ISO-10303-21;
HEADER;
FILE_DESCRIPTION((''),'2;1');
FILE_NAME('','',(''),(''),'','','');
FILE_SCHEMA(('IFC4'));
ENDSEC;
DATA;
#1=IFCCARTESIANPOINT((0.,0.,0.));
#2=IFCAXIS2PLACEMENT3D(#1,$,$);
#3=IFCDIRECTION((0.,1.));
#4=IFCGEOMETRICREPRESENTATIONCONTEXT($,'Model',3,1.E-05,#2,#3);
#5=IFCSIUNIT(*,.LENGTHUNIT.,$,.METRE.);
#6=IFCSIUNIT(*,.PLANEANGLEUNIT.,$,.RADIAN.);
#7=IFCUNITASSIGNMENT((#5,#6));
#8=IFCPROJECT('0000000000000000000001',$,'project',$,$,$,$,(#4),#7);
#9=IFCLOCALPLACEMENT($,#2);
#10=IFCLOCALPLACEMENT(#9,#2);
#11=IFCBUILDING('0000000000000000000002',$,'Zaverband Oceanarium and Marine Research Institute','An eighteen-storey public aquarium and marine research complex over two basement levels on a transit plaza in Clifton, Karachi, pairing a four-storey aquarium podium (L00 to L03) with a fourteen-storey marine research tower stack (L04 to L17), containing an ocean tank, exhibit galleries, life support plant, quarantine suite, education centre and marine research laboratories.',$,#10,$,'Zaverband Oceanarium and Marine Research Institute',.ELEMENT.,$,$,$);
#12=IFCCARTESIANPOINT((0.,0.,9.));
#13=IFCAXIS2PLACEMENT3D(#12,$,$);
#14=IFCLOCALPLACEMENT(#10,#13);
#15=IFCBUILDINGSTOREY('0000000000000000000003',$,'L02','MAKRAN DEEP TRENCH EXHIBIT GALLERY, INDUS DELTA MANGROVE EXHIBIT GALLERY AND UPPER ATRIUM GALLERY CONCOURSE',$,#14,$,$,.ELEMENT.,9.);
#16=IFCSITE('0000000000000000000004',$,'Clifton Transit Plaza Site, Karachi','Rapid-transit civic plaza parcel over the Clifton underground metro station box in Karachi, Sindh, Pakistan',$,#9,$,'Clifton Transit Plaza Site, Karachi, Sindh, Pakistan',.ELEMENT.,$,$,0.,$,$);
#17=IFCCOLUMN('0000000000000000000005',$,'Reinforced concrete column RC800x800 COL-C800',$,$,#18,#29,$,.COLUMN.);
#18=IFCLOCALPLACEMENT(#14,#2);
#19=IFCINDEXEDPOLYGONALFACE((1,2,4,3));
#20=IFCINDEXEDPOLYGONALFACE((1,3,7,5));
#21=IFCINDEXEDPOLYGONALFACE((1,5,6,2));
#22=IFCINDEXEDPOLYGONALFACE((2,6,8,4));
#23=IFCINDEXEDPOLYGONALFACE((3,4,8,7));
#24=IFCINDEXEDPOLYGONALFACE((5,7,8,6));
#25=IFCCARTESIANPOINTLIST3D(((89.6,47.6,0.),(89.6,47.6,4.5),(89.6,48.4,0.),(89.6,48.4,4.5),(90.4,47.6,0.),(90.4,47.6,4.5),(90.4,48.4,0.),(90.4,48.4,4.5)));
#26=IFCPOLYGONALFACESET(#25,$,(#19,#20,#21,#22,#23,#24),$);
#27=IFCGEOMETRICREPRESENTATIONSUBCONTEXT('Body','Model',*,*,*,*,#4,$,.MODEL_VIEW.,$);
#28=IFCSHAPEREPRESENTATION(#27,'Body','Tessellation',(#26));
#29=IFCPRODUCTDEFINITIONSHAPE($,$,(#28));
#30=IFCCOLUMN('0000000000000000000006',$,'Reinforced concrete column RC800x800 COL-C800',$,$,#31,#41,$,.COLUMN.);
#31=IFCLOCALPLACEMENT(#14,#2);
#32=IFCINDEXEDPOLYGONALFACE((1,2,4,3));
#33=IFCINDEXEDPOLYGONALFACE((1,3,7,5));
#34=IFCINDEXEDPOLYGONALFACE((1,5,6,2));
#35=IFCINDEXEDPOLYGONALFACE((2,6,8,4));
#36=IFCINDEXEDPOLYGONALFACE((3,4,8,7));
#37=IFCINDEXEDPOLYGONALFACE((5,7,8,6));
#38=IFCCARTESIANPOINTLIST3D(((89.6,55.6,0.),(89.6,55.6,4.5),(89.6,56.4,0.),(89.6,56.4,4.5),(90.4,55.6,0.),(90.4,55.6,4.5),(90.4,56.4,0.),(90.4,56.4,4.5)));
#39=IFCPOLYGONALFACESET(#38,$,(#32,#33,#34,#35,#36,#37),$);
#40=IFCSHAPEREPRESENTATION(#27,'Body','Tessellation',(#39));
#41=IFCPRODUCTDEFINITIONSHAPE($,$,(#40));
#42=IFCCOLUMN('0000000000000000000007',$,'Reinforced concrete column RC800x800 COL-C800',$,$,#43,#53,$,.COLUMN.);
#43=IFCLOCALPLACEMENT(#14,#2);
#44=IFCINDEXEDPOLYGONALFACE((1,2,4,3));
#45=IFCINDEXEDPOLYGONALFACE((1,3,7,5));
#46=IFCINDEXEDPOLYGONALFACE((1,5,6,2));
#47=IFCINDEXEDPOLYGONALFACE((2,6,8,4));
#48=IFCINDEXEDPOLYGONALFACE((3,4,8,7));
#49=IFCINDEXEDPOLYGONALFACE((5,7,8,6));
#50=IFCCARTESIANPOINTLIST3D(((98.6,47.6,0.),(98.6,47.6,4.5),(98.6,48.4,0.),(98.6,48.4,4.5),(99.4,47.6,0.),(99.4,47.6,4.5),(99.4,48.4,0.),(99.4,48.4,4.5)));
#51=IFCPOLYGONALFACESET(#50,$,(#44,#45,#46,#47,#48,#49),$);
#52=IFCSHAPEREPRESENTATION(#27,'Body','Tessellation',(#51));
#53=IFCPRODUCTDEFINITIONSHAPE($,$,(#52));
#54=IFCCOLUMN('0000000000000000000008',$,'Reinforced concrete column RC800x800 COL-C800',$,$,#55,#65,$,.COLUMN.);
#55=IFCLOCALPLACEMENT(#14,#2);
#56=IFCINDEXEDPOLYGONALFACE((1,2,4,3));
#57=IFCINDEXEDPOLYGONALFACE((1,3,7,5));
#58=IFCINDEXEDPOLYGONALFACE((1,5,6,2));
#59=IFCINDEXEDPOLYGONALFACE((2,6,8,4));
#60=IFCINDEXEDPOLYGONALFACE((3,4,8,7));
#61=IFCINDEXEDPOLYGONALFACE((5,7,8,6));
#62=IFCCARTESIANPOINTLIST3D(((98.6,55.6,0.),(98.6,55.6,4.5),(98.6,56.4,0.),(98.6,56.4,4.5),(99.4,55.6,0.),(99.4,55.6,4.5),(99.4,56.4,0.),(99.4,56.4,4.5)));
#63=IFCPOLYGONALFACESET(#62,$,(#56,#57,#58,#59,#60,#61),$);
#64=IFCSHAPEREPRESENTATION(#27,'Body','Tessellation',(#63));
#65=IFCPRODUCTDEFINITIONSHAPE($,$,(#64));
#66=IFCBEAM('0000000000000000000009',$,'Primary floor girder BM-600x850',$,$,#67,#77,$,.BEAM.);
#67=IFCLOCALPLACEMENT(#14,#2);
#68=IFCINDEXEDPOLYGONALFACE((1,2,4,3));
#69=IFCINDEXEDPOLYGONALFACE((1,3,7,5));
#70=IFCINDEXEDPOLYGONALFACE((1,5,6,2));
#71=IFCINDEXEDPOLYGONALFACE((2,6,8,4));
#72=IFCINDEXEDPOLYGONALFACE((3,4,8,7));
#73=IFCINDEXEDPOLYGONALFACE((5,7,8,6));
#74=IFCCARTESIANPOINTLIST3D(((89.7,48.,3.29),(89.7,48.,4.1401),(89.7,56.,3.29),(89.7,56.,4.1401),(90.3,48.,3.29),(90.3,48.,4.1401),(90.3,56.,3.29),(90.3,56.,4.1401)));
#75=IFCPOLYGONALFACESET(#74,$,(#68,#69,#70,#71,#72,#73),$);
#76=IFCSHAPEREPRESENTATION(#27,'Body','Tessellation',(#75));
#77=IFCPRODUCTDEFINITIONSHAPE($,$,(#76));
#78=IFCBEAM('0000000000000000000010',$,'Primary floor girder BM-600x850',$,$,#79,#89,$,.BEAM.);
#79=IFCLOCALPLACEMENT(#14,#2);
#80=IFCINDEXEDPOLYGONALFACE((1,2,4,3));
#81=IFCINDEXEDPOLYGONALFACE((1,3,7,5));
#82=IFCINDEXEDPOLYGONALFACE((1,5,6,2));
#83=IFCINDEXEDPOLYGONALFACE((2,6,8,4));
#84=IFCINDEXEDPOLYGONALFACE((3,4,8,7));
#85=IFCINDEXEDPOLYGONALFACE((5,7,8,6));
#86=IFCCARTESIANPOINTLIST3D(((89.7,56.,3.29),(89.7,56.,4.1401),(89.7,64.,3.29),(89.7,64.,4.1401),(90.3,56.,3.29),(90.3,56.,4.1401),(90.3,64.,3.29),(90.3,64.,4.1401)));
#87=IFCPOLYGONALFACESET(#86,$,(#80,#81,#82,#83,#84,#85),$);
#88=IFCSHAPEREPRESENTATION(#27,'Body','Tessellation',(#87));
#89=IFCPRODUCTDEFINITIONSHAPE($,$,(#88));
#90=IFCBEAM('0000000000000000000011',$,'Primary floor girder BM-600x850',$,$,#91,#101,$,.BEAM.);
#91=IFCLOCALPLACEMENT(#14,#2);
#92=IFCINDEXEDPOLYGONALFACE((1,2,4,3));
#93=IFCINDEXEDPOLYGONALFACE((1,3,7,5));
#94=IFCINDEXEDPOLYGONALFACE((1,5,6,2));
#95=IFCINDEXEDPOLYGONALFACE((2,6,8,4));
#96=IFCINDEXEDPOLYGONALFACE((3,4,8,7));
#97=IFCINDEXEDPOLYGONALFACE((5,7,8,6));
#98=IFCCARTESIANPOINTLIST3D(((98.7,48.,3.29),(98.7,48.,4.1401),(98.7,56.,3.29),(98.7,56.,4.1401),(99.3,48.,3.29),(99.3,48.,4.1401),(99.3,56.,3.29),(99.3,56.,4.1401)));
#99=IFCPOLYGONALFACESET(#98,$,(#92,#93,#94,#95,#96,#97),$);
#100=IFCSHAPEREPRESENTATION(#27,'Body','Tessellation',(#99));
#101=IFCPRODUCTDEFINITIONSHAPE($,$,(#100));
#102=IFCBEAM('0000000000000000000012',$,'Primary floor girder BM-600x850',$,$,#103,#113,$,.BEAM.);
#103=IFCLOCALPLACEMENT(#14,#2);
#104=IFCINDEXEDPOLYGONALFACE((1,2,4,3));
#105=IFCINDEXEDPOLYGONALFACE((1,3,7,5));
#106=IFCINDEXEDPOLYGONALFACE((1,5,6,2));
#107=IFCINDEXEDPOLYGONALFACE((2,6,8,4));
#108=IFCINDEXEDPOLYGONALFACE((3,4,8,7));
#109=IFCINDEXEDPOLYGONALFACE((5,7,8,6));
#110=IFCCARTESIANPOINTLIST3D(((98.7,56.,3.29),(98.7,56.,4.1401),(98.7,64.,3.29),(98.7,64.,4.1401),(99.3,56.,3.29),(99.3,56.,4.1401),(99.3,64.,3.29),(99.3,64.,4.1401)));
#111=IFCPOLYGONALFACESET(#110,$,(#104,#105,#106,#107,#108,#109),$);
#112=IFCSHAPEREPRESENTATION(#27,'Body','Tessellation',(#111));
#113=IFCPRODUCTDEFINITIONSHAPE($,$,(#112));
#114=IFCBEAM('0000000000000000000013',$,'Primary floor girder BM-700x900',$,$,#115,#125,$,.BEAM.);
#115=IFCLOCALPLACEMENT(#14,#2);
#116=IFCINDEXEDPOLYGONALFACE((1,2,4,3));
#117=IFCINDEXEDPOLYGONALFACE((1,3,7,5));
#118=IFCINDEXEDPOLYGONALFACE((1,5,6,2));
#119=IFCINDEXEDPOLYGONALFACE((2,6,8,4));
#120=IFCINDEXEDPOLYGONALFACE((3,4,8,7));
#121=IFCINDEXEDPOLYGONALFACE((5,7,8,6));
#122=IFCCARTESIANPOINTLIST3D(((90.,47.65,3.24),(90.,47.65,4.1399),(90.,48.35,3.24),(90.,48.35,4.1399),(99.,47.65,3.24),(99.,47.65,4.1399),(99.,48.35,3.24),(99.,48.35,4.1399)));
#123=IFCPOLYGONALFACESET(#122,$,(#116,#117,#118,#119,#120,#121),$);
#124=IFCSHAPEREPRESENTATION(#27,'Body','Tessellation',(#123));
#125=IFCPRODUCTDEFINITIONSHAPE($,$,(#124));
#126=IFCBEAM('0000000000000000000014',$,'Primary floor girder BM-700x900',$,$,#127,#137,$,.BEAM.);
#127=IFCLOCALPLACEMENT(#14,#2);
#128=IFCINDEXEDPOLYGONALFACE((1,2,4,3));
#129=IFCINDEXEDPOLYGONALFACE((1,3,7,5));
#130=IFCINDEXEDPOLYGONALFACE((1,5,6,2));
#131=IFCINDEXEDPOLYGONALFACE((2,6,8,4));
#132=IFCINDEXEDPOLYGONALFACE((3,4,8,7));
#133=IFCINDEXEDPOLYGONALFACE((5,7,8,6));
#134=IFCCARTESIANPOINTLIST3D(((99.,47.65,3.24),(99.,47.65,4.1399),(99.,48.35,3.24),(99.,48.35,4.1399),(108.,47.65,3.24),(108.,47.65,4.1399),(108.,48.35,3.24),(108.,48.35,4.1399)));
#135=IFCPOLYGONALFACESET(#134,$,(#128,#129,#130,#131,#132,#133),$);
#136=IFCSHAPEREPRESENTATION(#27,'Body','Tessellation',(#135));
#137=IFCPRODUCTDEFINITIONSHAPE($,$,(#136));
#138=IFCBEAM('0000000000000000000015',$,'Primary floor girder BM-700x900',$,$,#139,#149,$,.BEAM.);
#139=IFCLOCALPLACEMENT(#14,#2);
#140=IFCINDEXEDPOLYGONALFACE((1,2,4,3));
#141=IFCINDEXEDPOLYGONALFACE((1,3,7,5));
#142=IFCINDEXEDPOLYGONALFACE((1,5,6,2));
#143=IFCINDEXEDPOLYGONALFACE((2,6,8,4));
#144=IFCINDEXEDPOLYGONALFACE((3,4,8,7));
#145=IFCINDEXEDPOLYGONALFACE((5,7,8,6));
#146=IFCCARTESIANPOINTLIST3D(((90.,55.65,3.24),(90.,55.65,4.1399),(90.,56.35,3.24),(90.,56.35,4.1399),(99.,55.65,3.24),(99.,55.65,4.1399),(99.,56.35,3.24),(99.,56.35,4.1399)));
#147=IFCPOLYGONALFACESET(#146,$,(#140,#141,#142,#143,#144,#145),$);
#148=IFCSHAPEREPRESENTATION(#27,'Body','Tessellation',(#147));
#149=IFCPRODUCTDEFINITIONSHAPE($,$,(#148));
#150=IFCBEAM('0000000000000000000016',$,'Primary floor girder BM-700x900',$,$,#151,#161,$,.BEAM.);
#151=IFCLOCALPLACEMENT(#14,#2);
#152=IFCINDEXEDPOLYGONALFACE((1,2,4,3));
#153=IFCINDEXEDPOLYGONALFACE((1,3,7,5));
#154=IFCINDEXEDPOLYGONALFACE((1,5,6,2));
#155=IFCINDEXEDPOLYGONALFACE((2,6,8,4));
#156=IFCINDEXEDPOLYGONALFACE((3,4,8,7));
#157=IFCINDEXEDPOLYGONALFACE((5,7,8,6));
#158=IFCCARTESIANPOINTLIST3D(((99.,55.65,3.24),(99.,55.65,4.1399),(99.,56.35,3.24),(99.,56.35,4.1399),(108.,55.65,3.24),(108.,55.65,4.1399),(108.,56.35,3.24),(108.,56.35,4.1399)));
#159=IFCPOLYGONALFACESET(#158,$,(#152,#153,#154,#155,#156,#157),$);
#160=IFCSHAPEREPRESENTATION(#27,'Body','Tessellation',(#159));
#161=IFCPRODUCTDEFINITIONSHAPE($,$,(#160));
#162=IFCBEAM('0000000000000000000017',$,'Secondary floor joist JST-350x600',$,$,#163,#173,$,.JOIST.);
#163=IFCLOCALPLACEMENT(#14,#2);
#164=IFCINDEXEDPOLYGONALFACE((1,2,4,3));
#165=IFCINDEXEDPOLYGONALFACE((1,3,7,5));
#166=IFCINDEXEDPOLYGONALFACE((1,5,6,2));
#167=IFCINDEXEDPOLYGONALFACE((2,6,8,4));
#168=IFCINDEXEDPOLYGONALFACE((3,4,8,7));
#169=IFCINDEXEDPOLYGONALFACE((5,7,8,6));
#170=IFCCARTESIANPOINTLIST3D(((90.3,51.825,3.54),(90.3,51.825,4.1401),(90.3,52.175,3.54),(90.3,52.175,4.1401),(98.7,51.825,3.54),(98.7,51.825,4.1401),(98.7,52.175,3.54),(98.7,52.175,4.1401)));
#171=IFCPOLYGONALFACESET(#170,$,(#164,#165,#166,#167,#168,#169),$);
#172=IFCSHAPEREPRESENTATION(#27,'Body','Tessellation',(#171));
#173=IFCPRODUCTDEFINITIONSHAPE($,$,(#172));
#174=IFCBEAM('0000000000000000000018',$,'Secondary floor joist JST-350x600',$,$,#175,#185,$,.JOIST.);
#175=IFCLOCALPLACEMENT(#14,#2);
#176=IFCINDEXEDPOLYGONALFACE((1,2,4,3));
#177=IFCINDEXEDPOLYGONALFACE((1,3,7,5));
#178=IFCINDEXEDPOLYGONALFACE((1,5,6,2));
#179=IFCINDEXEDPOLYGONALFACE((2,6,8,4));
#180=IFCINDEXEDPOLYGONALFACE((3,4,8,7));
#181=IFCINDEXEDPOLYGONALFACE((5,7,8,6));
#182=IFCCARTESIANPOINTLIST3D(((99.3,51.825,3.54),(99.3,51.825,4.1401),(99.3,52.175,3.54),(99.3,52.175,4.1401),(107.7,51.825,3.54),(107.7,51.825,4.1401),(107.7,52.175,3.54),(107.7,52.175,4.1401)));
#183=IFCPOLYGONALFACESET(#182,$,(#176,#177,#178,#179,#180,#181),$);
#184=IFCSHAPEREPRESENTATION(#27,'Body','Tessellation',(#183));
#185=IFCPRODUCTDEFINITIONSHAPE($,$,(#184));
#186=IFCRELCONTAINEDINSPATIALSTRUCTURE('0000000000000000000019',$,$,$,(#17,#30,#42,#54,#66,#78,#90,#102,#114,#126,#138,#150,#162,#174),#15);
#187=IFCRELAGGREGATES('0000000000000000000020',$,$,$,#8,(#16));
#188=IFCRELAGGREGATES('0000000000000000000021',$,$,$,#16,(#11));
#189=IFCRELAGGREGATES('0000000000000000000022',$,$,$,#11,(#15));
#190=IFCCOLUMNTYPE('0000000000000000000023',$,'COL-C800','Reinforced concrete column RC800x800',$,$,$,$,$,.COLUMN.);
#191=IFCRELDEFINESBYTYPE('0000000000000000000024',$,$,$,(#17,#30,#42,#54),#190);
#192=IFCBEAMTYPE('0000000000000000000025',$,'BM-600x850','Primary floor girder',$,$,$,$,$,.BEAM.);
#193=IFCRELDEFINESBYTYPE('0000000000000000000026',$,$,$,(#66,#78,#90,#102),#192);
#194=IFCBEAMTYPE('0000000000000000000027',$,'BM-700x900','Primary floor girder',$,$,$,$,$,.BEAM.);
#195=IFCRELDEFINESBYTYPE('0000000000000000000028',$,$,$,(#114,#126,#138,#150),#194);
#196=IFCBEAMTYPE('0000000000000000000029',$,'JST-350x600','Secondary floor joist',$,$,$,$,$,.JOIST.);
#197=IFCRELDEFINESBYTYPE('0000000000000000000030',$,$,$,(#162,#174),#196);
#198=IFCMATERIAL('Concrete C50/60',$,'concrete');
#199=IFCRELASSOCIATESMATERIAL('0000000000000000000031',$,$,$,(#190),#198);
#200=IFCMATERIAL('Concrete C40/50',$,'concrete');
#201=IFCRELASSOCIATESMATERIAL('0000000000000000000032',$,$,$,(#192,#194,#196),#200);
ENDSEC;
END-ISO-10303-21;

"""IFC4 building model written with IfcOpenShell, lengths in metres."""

from ifc_helpers import new_model, si_unit, direction, frame, origin, origin_2d, place, context, subcontext, project, spatial, rectangle, extrude, material, material_profile, profile_set, type_object, element, save


model = new_model("IFC4")

# Units and contexts
model_context = context("Model", 3, precision=1e-05, world=origin(), true_north=direction((0.0, 1.0)))
body_context = subcontext(model_context, "Body", "Model", "MODEL_VIEW")
ifc_project = project(units=[si_unit("LENGTHUNIT", "METRE"), si_unit("PLANEANGLEUNIT", "RADIAN")], contexts=[model_context])

# Site, building, storey
site_placement = place(None, origin())
site = spatial("IfcSite", under=ifc_project, at=site_placement, Name="Clifton Transit Plaza Site, Karachi", Description="Rapid-transit civic plaza parcel over the Clifton underground metro station box in Karachi, Sindh, Pakistan", LongName="Clifton Transit Plaza Site, Karachi, Sindh, Pakistan", CompositionType="ELEMENT", RefElevation=0.0)
building_placement = place(site_placement, origin())
building = spatial("IfcBuilding", under=site, at=building_placement, Name="Zaverband Oceanarium and Marine Research Institute", Description="An eighteen-storey public aquarium and marine research complex over two basement levels on a transit plaza in Clifton, Karachi, pairing a four-storey aquarium podium (L00 to L03) with a fourteen-storey marine research tower stack (L04 to L17), containing an ocean tank, exhibit galleries, life support plant, quarantine suite, education centre and marine research laboratories.", LongName="Zaverband Oceanarium and Marine Research Institute", CompositionType="ELEMENT")
storey_placement = place(building_placement, frame((0.0, 0.0, 9.0)))
storey = spatial("IfcBuildingStorey", under=building, at=storey_placement, Name="L02", Description="MAKRAN DEEP TRENCH EXHIBIT GALLERY, INDUS DELTA MANGROVE EXHIBIT GALLERY AND UPPER ATRIUM GALLERY CONCOURSE", CompositionType="ELEMENT", Elevation=9.0)

# Columns
ifc_material_1 = material(Name="Concrete C50/60", Category="concrete")
ifc_material_profile_1 = material_profile(ifc_material_1, rectangle(XDim=0.8, YDim=0.8, at=origin_2d()), Name="RC800x800")
ifc_profile_set_1 = profile_set([ifc_material_profile_1], Name="Concrete C50/60")
column_type = type_object("IfcColumnType", Name="COL-C800", Description="Reinforced concrete column RC800x800", PredefinedType="COLUMN", material=ifc_profile_set_1)
for number, where, z_axis, x_axis, name in (
    (1, (90.0, 48.0, 0.0), (0.0, 0.0, 1.0), (1.0, 0.0, 0.0), "Reinforced concrete column RC800x800 COL-C800"),
    (2, (90.0, 56.0, 0.0), (0.0, 0.0, 1.0), (1.0, 0.0, 0.0), "Reinforced concrete column RC800x800 COL-C800"),
    (3, (99.0, 48.0, 0.0), (0.0, 0.0, 1.0), (1.0, 0.0, 0.0), "Reinforced concrete column RC800x800 COL-C800"),
    (4, (99.0, 56.0, 0.0), (0.0, 0.0, 1.0), (1.0, 0.0, 0.0), "Reinforced concrete column RC800x800 COL-C800"),
):
    element("IfcColumn", number, at=place(storey_placement, frame(where, z_axis=z_axis, x_axis=x_axis)), inside=storey, type_object=column_type, Name=name, PredefinedType="COLUMN", context=body_context, shape_type="SweptSolid", body=[
        extrude(rectangle(XDim=0.8, YDim=0.8, at=origin_2d()), origin(), (0.0, 0.0, 1.0), 4.5),
    ])

# Beams
ifc_material_2 = material(Name="Concrete C40/50", Category="concrete")
ifc_material_profile_2 = material_profile(ifc_material_2, rectangle(XDim=0.6001, YDim=0.8501, at=origin_2d()), Name="RC600x850")
ifc_profile_set_2 = profile_set([ifc_material_profile_2], Name="Concrete C40/50")
beam_type_1 = type_object("IfcBeamType", Name="BM-600x850", Description="Primary floor girder", PredefinedType="BEAM", material=ifc_profile_set_2)
for number, where, z_axis, x_axis, name in (
    (5, (90.0, 48.0, 3.7151), (0.0, 1.0, 0.0), (-1.0, 0.0, 0.0), "Primary floor girder BM-600x850"),
    (6, (90.0, 56.0, 3.7151), (0.0, 1.0, 0.0), (-1.0, 0.0, 0.0), "Primary floor girder BM-600x850"),
    (7, (99.0, 48.0, 3.7151), (0.0, 1.0, 0.0), (-1.0, 0.0, 0.0), "Primary floor girder BM-600x850"),
    (8, (99.0, 56.0, 3.7151), (0.0, 1.0, 0.0), (-1.0, 0.0, 0.0), "Primary floor girder BM-600x850"),
):
    element("IfcBeam", number, at=place(storey_placement, frame(where, z_axis=z_axis, x_axis=x_axis)), inside=storey, type_object=beam_type_1, Name=name, PredefinedType="BEAM", context=body_context, shape_type="SweptSolid", body=[
        extrude(rectangle(XDim=0.6001, YDim=0.8501, at=origin_2d()), origin(), (0.0, 0.0, 1.0), 8.0),
    ])
ifc_material_profile_3 = material_profile(ifc_material_2, rectangle(XDim=0.7, YDim=0.8999, at=origin_2d()), Name="RC700x900")
ifc_profile_set_3 = profile_set([ifc_material_profile_3], Name="Concrete C40/50")
beam_type_2 = type_object("IfcBeamType", Name="BM-700x900", Description="Primary floor girder", PredefinedType="BEAM", material=ifc_profile_set_3)
for number, where, z_axis, x_axis, name in (
    (9, (90.0, 48.0, 3.6899), (1.0, 0.0, 0.0), (0.0, 1.0, 0.0), "Primary floor girder BM-700x900"),
    (10, (99.0, 48.0, 3.6899), (1.0, 0.0, 0.0), (0.0, 1.0, 0.0), "Primary floor girder BM-700x900"),
    (11, (90.0, 56.0, 3.6899), (1.0, 0.0, 0.0), (0.0, 1.0, 0.0), "Primary floor girder BM-700x900"),
    (12, (99.0, 56.0, 3.6899), (1.0, 0.0, 0.0), (0.0, 1.0, 0.0), "Primary floor girder BM-700x900"),
):
    element("IfcBeam", number, at=place(storey_placement, frame(where, z_axis=z_axis, x_axis=x_axis)), inside=storey, type_object=beam_type_2, Name=name, PredefinedType="BEAM", context=body_context, shape_type="SweptSolid", body=[
        extrude(rectangle(XDim=0.7, YDim=0.8999, at=origin_2d()), origin(), (0.0, 0.0, 1.0), 9.0),
    ])
ifc_material_profile_4 = material_profile(ifc_material_2, rectangle(XDim=0.3501, YDim=0.6001, at=origin_2d()), Name="RC350x600")
ifc_profile_set_4 = profile_set([ifc_material_profile_4], Name="Concrete C40/50")
beam_type_3 = type_object("IfcBeamType", Name="JST-350x600", Description="Secondary floor joist", PredefinedType="JOIST", material=ifc_profile_set_4)
for number, where, z_axis, x_axis, name in (
    (13, (90.3, 52.0, 3.8401), (1.0, 0.0, 0.0), (0.0, 1.0, 0.0), "Secondary floor joist JST-350x600"),
    (14, (99.3, 52.0, 3.8401), (1.0, 0.0, 0.0), (0.0, 1.0, 0.0), "Secondary floor joist JST-350x600"),
):
    element("IfcBeam", number, at=place(storey_placement, frame(where, z_axis=z_axis, x_axis=x_axis)), inside=storey, type_object=beam_type_3, Name=name, PredefinedType="JOIST", context=body_context, shape_type="SweptSolid", body=[
        extrude(rectangle(XDim=0.3501, YDim=0.6001, at=origin_2d()), origin(), (0.0, 0.0, 1.0), 8.3999),
    ])

save(model, "model.ifc")
